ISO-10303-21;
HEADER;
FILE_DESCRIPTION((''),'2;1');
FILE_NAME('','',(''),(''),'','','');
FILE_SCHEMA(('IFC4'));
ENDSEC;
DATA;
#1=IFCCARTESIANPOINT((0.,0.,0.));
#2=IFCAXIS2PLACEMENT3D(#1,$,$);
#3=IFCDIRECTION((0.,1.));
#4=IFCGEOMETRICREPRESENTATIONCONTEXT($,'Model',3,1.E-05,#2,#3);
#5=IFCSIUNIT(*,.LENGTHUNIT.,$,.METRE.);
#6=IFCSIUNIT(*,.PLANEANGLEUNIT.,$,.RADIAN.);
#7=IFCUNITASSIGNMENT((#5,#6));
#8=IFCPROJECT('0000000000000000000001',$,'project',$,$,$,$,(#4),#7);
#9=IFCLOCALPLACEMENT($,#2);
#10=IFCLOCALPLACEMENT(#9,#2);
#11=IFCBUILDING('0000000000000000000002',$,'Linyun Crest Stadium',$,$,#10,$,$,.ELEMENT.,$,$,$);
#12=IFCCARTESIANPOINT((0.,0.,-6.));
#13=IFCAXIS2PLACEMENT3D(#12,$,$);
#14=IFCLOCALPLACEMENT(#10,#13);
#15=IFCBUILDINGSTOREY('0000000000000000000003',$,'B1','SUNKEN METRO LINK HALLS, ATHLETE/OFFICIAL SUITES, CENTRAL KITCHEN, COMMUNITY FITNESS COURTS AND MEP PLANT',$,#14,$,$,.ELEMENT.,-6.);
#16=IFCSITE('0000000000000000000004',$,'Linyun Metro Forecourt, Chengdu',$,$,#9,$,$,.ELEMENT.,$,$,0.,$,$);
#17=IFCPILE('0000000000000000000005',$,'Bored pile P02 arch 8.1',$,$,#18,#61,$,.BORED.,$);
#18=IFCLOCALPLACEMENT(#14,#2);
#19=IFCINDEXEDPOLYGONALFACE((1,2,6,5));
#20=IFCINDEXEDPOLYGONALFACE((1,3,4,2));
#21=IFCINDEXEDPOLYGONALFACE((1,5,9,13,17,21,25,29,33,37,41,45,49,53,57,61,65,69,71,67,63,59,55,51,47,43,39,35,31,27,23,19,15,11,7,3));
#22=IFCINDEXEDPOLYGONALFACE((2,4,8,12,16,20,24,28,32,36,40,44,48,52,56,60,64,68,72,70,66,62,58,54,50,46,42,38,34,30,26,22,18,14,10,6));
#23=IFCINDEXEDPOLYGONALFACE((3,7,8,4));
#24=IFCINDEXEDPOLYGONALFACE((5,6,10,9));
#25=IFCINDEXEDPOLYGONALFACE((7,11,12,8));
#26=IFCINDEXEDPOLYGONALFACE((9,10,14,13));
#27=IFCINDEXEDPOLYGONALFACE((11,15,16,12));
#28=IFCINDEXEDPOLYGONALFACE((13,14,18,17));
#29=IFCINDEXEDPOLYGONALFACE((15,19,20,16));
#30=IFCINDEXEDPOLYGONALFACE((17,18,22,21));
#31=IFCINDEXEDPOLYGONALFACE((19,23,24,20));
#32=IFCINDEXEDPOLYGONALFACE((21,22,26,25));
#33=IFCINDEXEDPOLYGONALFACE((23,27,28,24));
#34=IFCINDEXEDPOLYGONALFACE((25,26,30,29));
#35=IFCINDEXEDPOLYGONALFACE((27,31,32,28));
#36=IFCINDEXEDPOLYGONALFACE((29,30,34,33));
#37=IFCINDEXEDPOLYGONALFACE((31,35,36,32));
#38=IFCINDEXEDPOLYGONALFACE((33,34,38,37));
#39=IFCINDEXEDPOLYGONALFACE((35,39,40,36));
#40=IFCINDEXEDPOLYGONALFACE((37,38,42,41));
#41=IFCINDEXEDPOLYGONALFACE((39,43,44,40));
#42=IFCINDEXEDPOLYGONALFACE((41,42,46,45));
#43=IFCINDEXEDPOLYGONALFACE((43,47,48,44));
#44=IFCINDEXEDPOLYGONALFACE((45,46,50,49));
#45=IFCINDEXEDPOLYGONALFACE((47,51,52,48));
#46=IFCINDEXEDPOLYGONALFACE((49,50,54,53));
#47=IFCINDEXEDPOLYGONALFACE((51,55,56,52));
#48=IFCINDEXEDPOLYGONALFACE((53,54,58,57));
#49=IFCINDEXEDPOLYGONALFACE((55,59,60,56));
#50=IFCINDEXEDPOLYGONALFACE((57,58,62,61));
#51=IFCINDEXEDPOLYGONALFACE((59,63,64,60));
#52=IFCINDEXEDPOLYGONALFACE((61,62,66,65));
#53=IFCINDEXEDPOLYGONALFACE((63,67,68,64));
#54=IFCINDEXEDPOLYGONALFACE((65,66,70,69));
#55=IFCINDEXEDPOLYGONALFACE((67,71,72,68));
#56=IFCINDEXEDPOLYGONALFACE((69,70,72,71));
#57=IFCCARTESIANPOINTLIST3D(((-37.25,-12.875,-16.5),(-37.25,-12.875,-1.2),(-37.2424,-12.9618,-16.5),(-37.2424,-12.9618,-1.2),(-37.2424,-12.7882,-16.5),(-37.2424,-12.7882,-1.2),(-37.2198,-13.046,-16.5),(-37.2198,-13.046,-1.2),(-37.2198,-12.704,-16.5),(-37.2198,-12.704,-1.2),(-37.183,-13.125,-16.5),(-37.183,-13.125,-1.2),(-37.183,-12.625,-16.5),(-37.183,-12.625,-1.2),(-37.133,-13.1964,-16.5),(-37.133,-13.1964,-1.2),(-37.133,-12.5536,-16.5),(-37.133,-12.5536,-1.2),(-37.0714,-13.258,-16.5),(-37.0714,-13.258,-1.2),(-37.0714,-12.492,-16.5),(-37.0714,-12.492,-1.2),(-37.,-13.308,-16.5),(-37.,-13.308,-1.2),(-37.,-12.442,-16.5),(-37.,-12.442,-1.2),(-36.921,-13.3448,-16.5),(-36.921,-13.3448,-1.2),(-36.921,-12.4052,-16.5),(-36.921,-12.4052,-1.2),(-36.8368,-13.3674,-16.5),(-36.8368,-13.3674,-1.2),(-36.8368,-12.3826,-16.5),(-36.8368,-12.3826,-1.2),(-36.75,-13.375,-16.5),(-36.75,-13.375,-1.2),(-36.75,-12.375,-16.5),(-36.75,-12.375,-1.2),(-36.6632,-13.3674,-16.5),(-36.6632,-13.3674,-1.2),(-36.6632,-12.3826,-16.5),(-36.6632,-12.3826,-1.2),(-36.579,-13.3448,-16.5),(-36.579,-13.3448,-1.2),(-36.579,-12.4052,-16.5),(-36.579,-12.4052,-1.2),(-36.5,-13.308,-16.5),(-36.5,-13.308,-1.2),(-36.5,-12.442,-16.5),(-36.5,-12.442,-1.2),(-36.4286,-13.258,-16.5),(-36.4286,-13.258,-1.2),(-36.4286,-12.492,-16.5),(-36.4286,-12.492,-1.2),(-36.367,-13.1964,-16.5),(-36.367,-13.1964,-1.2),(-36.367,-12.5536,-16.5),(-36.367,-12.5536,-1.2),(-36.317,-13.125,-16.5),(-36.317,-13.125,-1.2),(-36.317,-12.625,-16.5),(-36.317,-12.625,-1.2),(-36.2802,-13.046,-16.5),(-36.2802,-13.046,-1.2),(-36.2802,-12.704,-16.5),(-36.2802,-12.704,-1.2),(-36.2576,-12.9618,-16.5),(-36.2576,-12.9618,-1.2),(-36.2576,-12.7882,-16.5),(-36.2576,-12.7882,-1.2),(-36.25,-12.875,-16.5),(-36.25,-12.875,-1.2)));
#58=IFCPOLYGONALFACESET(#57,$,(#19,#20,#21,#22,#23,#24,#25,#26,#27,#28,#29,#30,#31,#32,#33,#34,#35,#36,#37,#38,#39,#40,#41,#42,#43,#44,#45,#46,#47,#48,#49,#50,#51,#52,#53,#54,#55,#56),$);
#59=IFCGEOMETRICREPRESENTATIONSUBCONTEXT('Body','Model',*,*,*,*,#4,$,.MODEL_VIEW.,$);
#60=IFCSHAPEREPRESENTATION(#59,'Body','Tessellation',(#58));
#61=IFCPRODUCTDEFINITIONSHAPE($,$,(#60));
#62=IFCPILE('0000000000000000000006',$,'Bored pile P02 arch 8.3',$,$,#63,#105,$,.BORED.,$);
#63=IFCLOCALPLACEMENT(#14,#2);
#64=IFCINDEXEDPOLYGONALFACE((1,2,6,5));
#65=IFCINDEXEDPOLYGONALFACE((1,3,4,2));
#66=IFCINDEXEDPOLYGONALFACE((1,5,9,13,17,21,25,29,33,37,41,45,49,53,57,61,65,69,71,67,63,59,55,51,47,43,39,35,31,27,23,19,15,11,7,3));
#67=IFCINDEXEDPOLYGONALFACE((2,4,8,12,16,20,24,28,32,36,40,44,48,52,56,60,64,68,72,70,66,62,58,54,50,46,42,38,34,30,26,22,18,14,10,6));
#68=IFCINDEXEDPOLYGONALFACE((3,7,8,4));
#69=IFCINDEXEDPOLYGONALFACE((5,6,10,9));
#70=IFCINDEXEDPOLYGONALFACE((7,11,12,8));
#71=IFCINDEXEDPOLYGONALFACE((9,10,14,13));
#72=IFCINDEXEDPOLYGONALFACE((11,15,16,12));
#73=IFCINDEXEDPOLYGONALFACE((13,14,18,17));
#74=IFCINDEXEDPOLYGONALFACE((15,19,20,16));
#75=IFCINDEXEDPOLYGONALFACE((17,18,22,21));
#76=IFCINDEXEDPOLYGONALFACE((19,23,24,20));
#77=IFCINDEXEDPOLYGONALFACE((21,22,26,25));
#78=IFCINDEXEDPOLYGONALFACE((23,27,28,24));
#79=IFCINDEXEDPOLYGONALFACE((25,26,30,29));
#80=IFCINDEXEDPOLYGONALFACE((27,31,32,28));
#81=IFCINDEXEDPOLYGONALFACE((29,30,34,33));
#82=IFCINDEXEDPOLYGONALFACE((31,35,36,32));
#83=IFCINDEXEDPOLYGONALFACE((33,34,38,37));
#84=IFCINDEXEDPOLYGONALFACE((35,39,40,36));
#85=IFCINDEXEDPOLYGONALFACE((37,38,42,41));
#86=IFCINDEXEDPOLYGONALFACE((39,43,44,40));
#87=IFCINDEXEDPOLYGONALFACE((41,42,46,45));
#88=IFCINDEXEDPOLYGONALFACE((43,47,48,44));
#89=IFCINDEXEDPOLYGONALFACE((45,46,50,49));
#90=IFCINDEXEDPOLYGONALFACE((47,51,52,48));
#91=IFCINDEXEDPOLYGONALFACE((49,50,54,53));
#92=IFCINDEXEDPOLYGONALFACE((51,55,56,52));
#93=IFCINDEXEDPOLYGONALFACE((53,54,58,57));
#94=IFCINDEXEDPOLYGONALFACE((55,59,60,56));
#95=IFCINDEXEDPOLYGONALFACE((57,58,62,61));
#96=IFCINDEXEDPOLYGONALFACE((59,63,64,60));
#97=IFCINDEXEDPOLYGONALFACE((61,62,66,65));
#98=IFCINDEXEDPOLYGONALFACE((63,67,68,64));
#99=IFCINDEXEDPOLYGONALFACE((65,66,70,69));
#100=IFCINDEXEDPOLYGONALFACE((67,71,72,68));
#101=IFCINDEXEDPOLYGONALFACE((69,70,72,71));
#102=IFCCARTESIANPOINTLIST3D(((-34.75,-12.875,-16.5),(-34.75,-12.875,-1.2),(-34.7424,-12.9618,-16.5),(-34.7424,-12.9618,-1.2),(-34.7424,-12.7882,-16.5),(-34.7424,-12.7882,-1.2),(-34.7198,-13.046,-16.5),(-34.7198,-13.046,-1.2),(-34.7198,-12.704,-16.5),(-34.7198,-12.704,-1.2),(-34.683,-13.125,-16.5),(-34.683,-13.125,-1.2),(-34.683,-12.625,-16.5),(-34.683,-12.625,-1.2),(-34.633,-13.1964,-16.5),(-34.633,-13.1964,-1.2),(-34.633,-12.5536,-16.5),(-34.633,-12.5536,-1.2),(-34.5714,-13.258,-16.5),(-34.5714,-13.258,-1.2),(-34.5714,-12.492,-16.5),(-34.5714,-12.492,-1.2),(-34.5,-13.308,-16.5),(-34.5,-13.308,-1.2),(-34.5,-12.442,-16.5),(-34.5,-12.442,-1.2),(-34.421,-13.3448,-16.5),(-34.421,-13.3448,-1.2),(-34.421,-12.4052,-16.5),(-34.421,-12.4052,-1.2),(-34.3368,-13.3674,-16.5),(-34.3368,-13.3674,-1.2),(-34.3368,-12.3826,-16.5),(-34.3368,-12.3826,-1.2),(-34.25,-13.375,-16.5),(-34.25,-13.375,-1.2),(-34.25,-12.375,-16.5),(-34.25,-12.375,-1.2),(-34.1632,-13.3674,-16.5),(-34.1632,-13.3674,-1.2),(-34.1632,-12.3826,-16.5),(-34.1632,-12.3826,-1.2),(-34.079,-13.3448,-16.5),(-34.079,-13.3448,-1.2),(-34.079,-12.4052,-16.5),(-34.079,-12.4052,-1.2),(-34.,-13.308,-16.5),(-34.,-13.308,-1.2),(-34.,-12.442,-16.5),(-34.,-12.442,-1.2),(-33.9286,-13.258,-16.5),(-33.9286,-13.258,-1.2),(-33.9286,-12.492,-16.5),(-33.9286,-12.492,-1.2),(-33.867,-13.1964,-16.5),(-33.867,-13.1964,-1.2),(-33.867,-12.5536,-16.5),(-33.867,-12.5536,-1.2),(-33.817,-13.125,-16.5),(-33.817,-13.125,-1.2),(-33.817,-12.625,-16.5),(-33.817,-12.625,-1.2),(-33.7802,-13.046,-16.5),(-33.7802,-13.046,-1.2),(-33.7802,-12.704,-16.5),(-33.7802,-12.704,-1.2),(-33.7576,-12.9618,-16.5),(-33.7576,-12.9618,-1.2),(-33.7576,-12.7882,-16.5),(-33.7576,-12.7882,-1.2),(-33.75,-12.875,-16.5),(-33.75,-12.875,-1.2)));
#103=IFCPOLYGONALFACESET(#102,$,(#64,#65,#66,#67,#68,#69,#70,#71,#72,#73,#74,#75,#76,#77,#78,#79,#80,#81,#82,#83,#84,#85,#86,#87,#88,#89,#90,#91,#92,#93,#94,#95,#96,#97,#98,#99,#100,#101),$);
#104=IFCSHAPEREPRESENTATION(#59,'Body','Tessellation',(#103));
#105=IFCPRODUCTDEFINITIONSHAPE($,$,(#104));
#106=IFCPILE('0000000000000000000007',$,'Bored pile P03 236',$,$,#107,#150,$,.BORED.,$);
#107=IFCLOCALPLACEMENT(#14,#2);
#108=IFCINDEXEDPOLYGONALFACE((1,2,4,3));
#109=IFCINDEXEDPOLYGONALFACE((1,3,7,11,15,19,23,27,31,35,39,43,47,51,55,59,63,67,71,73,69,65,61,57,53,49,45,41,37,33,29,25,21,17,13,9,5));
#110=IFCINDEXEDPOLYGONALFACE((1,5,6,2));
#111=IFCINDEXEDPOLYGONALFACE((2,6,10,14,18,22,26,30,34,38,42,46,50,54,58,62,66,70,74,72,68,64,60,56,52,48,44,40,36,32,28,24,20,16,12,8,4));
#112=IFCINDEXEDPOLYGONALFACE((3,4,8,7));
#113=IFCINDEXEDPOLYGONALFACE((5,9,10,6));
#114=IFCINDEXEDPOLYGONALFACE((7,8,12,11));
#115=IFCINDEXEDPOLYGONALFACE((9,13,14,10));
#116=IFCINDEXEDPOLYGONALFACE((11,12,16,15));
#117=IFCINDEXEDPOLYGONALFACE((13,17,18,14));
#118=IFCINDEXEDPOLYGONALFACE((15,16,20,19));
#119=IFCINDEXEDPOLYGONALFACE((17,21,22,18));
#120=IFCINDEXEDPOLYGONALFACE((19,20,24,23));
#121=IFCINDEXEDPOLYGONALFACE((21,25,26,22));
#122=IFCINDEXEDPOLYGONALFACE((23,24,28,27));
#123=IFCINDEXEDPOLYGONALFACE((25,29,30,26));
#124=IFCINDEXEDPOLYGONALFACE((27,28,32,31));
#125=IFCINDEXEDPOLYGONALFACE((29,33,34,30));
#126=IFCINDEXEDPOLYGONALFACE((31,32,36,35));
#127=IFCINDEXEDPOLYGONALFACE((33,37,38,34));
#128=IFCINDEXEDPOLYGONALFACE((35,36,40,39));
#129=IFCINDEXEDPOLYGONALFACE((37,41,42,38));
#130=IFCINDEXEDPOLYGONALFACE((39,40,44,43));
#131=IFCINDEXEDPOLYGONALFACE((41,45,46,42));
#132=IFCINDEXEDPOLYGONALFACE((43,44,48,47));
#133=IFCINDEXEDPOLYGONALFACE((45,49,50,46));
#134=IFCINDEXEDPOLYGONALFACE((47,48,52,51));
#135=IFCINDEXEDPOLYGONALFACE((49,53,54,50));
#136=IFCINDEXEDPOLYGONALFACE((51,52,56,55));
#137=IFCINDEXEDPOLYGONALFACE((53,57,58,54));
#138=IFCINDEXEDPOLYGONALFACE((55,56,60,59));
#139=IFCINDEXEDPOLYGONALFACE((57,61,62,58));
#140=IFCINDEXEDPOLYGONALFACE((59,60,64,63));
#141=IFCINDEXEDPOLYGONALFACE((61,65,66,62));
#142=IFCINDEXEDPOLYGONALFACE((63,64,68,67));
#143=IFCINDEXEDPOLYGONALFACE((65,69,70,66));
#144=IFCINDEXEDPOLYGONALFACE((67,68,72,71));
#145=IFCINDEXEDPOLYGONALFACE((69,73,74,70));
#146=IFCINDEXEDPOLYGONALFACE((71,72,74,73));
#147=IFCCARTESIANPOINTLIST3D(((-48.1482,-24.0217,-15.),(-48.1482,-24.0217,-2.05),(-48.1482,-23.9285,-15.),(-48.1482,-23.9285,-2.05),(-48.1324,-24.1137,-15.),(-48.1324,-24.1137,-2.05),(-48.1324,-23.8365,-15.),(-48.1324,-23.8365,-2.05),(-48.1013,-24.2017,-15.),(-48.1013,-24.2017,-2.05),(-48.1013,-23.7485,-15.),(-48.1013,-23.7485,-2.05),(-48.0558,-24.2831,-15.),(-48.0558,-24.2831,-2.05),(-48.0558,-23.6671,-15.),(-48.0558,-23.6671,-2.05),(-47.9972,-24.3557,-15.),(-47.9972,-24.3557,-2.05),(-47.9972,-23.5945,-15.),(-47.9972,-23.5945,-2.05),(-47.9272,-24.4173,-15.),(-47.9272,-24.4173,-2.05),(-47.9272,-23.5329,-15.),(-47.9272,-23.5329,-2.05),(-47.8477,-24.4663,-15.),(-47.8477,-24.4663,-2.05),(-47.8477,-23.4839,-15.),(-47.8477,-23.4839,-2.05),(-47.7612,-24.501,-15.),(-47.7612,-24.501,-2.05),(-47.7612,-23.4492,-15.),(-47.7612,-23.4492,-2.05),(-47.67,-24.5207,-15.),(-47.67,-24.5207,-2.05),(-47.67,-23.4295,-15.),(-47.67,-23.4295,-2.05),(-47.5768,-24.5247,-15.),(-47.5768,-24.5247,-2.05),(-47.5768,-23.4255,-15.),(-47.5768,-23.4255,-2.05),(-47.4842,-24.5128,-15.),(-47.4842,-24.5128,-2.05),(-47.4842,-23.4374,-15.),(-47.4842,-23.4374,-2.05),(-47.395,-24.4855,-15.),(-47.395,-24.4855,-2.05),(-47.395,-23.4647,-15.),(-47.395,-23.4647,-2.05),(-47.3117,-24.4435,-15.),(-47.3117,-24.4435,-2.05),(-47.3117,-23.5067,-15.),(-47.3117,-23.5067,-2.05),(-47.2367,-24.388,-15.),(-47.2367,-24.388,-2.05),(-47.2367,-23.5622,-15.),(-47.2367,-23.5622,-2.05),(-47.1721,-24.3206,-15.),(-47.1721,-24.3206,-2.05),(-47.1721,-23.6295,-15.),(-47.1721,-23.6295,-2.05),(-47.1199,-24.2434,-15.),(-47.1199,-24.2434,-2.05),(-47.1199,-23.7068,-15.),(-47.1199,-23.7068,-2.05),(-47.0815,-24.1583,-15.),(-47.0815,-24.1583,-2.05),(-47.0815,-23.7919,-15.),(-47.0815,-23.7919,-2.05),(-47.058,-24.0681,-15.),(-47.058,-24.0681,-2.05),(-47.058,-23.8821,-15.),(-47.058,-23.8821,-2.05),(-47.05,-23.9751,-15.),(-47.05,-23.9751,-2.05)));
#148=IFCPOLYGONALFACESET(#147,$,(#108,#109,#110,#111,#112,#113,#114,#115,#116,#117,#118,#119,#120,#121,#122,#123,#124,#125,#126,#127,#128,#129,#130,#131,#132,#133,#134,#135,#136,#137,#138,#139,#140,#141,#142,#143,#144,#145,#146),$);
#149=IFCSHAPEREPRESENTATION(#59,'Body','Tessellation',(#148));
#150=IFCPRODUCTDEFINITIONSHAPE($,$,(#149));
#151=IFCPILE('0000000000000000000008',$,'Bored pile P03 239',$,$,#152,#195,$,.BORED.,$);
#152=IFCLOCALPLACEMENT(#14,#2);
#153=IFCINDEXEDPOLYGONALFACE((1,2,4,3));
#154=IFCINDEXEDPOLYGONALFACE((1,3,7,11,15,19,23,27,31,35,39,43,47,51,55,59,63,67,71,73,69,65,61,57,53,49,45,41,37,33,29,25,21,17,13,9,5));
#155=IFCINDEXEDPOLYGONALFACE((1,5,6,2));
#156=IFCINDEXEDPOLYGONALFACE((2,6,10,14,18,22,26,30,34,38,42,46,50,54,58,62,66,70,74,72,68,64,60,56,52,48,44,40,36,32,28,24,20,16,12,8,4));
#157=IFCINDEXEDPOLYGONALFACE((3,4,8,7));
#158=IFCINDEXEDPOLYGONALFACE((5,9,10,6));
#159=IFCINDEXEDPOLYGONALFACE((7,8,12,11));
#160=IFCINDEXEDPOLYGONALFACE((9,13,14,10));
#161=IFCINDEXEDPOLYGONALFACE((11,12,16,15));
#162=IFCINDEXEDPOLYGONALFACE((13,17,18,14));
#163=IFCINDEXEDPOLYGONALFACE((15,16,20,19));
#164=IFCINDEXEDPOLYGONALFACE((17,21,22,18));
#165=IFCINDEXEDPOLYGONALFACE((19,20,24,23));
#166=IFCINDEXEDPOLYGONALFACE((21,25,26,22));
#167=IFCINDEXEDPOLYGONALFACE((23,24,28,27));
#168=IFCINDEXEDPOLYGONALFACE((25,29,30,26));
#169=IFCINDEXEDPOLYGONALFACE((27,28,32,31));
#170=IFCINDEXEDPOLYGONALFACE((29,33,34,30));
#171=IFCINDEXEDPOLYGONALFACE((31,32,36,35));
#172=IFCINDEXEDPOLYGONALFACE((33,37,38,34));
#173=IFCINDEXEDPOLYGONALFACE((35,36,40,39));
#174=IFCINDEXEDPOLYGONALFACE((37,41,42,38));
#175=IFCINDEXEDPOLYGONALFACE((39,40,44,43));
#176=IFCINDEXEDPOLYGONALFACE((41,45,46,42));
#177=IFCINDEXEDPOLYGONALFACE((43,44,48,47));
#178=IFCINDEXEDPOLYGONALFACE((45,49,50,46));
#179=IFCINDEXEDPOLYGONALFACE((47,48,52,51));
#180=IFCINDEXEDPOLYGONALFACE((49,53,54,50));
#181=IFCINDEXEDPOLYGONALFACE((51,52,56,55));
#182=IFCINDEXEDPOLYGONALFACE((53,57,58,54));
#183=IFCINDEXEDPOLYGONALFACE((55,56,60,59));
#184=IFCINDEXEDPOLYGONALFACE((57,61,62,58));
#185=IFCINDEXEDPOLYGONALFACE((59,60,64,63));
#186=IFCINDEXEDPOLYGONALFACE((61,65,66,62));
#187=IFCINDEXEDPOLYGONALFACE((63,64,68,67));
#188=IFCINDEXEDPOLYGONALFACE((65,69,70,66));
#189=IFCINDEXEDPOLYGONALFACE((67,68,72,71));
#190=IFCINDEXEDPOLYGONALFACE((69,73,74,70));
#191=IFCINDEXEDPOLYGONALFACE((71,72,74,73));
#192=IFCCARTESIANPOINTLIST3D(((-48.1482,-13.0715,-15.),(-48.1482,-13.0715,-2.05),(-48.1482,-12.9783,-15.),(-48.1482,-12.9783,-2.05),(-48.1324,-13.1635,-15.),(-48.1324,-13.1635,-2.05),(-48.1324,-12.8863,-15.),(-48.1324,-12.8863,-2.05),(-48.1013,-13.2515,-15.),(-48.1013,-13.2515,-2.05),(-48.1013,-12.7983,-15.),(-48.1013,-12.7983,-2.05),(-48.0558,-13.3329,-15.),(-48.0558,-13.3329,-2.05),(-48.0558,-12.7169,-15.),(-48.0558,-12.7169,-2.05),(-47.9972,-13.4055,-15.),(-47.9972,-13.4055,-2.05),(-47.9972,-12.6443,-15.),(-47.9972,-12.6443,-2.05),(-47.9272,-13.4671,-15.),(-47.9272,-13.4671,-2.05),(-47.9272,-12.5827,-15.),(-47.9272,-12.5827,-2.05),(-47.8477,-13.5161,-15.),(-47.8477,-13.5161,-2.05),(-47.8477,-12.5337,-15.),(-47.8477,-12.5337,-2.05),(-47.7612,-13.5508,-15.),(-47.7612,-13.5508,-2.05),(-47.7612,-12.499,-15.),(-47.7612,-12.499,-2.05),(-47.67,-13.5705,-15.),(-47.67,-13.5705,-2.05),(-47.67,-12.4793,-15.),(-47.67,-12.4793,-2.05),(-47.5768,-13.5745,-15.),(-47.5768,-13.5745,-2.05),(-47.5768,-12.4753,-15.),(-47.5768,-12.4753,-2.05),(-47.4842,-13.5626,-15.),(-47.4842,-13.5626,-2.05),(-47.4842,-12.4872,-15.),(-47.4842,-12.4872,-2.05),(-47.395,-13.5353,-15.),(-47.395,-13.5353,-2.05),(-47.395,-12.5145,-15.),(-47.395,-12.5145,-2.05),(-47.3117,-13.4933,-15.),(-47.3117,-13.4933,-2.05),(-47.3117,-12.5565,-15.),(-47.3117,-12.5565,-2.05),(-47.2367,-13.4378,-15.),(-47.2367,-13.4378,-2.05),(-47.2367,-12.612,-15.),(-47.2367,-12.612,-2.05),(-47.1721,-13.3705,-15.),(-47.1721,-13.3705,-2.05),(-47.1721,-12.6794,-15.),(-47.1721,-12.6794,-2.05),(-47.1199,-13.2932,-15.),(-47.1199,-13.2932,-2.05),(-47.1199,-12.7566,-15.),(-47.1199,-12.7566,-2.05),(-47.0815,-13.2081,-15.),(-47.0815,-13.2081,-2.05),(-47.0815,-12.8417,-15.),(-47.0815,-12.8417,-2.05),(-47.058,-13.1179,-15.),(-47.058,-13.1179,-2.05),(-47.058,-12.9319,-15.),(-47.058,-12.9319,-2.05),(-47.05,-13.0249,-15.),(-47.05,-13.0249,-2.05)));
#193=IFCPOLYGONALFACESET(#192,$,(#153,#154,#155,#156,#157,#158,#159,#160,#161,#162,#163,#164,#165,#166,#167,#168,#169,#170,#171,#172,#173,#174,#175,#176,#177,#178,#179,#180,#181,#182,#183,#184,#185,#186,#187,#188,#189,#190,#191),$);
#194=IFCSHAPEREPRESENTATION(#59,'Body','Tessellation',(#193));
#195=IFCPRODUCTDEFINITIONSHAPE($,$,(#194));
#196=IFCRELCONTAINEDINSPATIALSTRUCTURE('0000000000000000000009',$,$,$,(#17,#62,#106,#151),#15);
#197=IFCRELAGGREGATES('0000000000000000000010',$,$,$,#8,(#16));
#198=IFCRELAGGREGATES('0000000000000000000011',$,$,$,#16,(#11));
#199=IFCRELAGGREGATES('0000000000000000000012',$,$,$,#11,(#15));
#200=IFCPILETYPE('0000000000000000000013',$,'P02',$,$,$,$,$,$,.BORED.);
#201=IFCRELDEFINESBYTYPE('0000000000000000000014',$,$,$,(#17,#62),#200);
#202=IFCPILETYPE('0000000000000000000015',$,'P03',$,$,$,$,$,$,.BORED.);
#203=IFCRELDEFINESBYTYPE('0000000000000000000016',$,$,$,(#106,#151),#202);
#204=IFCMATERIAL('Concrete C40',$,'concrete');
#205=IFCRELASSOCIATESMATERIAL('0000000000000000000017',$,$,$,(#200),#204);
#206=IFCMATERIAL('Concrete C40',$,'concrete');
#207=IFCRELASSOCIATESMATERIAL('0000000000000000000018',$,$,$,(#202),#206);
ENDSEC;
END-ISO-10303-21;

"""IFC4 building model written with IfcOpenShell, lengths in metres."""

from ifc_helpers import new_model, si_unit, direction, frame, origin, origin_2d, place, context, subcontext, project, spatial, circle, extrude, material, material_profile, profile_set, type_object, element, save


model = new_model("IFC4")

# Units and contexts
model_context = context("Model", 3, precision=1e-05, world=origin(), true_north=direction((0.0, 1.0)))
body_context = subcontext(model_context, "Body", "Model", "MODEL_VIEW")
ifc_project = project(units=[si_unit("LENGTHUNIT", "METRE"), si_unit("PLANEANGLEUNIT", "RADIAN")], contexts=[model_context])

# Site, building, storey
site_placement = place(None, origin())
site = spatial("IfcSite", under=ifc_project, at=site_placement, Name="Linyun Metro Forecourt, Chengdu", CompositionType="ELEMENT", RefElevation=0.0)
building_placement = place(site_placement, origin())
building = spatial("IfcBuilding", under=site, at=building_placement, Name="Linyun Crest Stadium", CompositionType="ELEMENT")
storey_placement = place(building_placement, frame((0.0, 0.0, -6.0)))
storey = spatial("IfcBuildingStorey", under=building, at=storey_placement, Name="B1", Description="SUNKEN METRO LINK HALLS, ATHLETE/OFFICIAL SUITES, CENTRAL KITCHEN, COMMUNITY FITNESS COURTS AND MEP PLANT", CompositionType="ELEMENT", Elevation=-6.0)

# Piles
ifc_material_1 = material(Name="Concrete C40", Category="concrete")
ifc_material_profile_1 = material_profile(ifc_material_1, circle(Radius=0.5, at=origin_2d()), Name="BORED PILE 1000")
ifc_profile_set_1 = profile_set([ifc_material_profile_1], Name="Concrete C40")
pile_type_1 = type_object("IfcPileType", Name="P02", PredefinedType="BORED", material=ifc_profile_set_1)
for number, where, z_axis, x_axis, name in (
    (1, (-36.75, -12.875, -1.2), (0.0, 0.0, -1.0), (1.0, 0.0, 0.0), "Bored pile P02 arch 8.1"),
    (2, (-34.25, -12.875, -1.2), (0.0, 0.0, -1.0), (1.0, 0.0, 0.0), "Bored pile P02 arch 8.3"),
):
    element("IfcPile", number, at=place(storey_placement, frame(where, z_axis=z_axis, x_axis=x_axis)), inside=storey, type_object=pile_type_1, Name=name, PredefinedType="BORED", context=body_context, shape_type="SweptSolid", body=[
        extrude(circle(Radius=0.5, at=origin_2d()), origin(), (0.0, 0.0, 1.0), 15.3),
    ])
ifc_material_2 = material(Name="Concrete C40", Category="concrete")
ifc_material_profile_2 = material_profile(ifc_material_2, circle(Radius=0.55, at=origin_2d()), Name="BORED PILE 1100")
ifc_profile_set_2 = profile_set([ifc_material_profile_2], Name="Concrete C40")
pile_type_2 = type_object("IfcPileType", Name="P03", PredefinedType="BORED", material=ifc_profile_set_2)
for number, where, z_axis, x_axis, name in (
    (3, (-47.6001, -23.9751, -2.05), (0.0, 0.0, -1.0), (1.0, 0.0, 0.0), "Bored pile P03 236"),
    (4, (-47.6001, -13.0249, -2.05), (0.0, 0.0, -1.0), (1.0, 0.0, 0.0), "Bored pile P03 239"),
):
    element("IfcPile", number, at=place(storey_placement, frame(where, z_axis=z_axis, x_axis=x_axis)), inside=storey, type_object=pile_type_2, Name=name, PredefinedType="BORED", context=body_context, shape_type="SweptSolid", body=[
        extrude(circle(Radius=0.55, at=origin_2d()), origin(), (0.0, 0.0, 1.0), 12.95),
    ])

save(model, "model.ifc")
